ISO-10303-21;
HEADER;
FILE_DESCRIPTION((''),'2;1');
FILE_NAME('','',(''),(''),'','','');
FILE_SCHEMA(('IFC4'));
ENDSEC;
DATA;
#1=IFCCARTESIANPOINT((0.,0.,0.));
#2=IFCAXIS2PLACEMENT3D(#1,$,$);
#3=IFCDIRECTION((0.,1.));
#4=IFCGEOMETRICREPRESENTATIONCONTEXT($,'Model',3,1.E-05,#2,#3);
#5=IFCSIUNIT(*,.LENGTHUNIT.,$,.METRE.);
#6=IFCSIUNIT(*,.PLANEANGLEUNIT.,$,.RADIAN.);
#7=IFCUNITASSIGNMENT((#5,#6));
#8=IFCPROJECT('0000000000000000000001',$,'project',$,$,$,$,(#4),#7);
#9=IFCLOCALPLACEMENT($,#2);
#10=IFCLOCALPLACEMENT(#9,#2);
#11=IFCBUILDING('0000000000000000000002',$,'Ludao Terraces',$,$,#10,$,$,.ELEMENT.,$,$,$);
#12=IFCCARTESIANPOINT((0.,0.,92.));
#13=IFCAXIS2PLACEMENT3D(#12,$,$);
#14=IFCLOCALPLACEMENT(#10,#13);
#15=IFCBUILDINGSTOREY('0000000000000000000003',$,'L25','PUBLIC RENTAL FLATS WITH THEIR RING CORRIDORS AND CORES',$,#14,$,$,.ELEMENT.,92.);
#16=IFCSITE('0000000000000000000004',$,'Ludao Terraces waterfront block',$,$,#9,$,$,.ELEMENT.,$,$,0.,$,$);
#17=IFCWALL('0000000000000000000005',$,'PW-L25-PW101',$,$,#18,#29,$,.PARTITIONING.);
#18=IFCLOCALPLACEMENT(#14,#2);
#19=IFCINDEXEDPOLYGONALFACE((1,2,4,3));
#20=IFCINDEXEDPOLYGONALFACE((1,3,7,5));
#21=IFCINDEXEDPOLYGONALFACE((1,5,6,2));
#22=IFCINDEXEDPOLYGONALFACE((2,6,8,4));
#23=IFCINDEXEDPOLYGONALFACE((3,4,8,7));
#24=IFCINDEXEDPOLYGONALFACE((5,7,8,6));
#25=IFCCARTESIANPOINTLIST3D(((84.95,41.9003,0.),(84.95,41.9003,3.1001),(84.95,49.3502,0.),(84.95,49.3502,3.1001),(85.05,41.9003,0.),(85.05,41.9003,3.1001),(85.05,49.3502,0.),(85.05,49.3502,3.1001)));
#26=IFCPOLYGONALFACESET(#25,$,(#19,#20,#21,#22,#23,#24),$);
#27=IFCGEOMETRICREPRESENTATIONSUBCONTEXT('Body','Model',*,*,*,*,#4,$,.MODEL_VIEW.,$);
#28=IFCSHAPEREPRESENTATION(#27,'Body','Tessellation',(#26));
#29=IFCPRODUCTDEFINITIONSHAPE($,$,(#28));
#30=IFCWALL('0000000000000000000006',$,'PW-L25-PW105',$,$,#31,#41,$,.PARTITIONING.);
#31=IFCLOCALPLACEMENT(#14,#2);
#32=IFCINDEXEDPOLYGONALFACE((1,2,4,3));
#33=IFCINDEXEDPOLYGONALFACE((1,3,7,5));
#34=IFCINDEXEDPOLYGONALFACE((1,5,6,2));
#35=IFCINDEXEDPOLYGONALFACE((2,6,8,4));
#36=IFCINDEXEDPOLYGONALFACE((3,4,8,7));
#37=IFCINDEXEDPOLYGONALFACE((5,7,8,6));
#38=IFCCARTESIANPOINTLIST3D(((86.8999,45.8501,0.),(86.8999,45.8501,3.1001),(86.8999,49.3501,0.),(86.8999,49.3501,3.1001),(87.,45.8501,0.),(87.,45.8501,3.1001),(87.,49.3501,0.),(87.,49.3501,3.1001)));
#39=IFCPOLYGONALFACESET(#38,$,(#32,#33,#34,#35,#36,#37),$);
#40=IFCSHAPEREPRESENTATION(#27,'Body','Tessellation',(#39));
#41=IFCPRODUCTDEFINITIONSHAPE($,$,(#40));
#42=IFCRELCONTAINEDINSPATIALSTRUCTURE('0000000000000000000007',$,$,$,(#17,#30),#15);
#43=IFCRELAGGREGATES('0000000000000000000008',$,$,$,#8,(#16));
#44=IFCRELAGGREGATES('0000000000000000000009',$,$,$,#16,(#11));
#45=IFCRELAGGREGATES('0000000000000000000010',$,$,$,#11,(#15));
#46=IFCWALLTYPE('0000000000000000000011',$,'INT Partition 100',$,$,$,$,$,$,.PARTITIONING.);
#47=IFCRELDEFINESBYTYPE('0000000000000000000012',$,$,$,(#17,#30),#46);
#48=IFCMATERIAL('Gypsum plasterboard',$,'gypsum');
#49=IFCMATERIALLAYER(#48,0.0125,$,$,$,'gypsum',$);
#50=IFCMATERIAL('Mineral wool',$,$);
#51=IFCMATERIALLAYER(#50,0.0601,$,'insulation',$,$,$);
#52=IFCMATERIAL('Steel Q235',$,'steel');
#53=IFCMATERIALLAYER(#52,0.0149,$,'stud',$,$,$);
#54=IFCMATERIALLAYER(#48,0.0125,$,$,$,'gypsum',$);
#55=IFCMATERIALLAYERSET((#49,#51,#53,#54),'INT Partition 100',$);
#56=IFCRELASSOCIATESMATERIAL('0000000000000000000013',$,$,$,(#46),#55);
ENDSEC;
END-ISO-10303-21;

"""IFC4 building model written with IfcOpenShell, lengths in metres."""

from ifc_helpers import new_model, si_unit, direction, frame, frame_2d, origin, place, context, subcontext, project, spatial, rectangle, extrude, material, layer, layer_set, type_object, element, save


model = new_model("IFC4")

# Units and contexts
model_context = context("Model", 3, precision=1e-05, world=origin(), true_north=direction((0.0, 1.0)))
body_context = subcontext(model_context, "Body", "Model", "MODEL_VIEW")
ifc_project = project(units=[si_unit("LENGTHUNIT", "METRE"), si_unit("PLANEANGLEUNIT", "RADIAN")], contexts=[model_context])

# Site, building, storey
site_placement = place(None, origin())
site = spatial("IfcSite", under=ifc_project, at=site_placement, Name="Ludao Terraces waterfront block", CompositionType="ELEMENT", RefElevation=0.0)
building_placement = place(site_placement, origin())
building = spatial("IfcBuilding", under=site, at=building_placement, Name="Ludao Terraces", CompositionType="ELEMENT")
storey_placement = place(building_placement, frame((0.0, 0.0, 92.0)))
storey = spatial("IfcBuildingStorey", under=building, at=storey_placement, Name="L25", Description="PUBLIC RENTAL FLATS WITH THEIR RING CORRIDORS AND CORES", CompositionType="ELEMENT", Elevation=92.0)

# Shared definitions
ifc_material_1 = material(Name="Mineral wool")

# Shared definitions
ifc_material_2 = material(Name="Gypsum plasterboard", Category="gypsum")
ifc_layer_1 = layer(ifc_material_2, 0.0125, Category="gypsum")
ifc_layer_2 = layer(ifc_material_1, 0.0601, Name="insulation")
ifc_material_3 = material(Name="Steel Q235", Category="steel")
ifc_layer_3 = layer(ifc_material_3, 0.0149, Name="stud")
ifc_layer_4 = layer(ifc_material_2, 0.0125, Category="gypsum")
ifc_layer_set_1 = layer_set([ifc_layer_1, ifc_layer_2, ifc_layer_3, ifc_layer_4], Name="INT Partition 100")
wall_type_1 = type_object("IfcWallType", Name="INT Partition 100", PredefinedType="PARTITIONING", material=ifc_layer_set_1)

# Walls
wall_1_placement = place(storey_placement, frame((85.0, 41.9001, 0.0), z_axis=(0.0, 0.0, 1.0), x_axis=(0.0, 1.0, 0.0)))
element("IfcWall", 1, at=wall_1_placement, inside=storey, type_object=wall_type_1, Name="PW-L25-PW101", PredefinedType="PARTITIONING", context=body_context, shape_type="SweptSolid", body=[
    extrude(rectangle(XDim=7.45, YDim=0.1001, at=frame_2d((3.7251, 0.0))), origin(), (0.0, 0.0, 1.0), 3.1001),
])
wall_2_placement = place(storey_placement, frame((86.95, 45.8501, 0.0), z_axis=(0.0, 0.0, 1.0), x_axis=(0.0, 1.0, 0.0)))
element("IfcWall", 2, at=wall_2_placement, inside=storey, type_object=wall_type_1, Name="PW-L25-PW105", PredefinedType="PARTITIONING", context=body_context, shape_type="SweptSolid", body=[
    extrude(rectangle(XDim=3.5, YDim=0.1001, at=frame_2d((1.75, 0.0))), origin(), (0.0, 0.0, 1.0), 3.1001),
])

save(model, "model.ifc")
